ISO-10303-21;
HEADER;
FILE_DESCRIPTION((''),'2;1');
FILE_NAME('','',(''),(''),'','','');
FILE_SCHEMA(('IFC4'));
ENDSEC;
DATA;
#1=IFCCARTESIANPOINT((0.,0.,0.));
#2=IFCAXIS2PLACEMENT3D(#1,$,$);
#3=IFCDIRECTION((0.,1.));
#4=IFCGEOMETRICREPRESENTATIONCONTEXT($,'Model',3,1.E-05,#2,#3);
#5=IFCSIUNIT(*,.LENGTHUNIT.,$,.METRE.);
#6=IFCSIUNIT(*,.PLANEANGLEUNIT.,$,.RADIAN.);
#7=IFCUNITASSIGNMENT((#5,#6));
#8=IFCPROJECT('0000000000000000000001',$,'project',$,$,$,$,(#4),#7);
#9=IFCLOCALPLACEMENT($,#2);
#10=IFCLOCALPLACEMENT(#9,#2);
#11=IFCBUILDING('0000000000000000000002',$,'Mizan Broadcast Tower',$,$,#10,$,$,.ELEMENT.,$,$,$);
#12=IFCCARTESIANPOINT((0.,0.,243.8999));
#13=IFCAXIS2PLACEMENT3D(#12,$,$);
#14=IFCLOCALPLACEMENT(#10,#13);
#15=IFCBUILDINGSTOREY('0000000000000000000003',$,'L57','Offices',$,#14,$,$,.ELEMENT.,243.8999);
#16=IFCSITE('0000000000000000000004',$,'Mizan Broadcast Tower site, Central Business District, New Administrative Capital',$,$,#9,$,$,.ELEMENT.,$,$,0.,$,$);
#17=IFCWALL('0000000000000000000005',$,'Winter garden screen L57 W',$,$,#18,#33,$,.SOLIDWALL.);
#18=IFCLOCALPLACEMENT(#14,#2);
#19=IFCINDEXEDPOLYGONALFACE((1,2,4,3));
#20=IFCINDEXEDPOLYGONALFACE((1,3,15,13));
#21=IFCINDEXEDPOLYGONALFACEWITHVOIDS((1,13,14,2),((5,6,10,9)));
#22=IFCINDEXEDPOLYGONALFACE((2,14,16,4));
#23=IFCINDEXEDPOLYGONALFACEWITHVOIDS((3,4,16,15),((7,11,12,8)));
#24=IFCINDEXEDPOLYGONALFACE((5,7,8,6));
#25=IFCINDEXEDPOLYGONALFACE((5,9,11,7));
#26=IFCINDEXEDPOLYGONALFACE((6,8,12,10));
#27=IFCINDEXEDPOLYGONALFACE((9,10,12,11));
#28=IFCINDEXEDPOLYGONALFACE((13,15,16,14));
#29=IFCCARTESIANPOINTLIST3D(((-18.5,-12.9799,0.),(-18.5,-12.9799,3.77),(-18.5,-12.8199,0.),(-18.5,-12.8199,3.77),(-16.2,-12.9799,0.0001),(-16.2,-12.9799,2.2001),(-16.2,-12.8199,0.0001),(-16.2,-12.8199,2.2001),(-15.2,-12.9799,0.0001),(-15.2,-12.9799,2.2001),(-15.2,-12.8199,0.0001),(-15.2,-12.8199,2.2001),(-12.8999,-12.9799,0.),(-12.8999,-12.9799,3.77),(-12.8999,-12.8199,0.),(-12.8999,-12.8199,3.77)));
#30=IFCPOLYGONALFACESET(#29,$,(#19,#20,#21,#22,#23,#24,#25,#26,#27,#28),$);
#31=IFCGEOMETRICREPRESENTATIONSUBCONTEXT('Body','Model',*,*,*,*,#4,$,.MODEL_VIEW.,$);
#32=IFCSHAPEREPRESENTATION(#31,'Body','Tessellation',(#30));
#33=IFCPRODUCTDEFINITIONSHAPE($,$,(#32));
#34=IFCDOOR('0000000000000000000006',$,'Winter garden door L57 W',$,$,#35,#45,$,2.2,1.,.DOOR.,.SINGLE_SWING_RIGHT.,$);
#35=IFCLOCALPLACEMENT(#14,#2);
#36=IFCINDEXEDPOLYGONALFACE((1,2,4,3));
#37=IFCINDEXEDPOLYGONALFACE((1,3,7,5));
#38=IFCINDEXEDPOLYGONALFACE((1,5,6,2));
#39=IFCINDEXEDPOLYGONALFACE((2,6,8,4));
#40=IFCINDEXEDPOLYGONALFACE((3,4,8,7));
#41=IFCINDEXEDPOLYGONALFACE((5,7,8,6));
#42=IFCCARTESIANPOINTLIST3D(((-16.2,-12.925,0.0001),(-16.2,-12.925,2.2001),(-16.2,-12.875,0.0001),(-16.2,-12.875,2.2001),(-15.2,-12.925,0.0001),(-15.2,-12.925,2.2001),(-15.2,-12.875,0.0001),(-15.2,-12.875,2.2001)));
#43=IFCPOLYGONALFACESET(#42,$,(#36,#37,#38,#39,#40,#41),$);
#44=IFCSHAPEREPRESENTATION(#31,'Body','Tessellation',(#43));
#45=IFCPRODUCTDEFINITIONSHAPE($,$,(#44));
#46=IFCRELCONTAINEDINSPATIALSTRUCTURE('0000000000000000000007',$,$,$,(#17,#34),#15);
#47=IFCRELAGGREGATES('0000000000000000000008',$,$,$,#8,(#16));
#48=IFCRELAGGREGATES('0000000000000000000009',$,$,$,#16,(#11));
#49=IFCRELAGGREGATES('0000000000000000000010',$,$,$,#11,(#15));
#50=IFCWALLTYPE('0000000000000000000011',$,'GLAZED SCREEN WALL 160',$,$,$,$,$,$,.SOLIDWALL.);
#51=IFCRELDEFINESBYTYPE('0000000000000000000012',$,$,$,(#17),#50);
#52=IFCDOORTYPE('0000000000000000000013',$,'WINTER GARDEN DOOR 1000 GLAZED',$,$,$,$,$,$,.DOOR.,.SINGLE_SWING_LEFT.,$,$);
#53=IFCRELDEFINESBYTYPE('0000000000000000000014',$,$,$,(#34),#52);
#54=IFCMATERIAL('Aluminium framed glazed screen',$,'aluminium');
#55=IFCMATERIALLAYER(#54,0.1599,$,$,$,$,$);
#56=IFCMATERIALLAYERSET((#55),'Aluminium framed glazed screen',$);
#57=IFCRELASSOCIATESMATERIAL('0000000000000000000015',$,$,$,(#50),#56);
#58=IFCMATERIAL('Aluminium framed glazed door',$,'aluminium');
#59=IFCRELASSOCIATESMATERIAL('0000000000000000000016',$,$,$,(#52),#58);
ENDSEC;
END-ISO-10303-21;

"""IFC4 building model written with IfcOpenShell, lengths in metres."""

from ifc_helpers import new_model, si_unit, direction, frame, frame_2d, origin, place, context, subcontext, project, spatial, rectangle, extrude, material, layer, layer_set, type_object, element, fill, save


model = new_model("IFC4")

# Units and contexts
model_context = context("Model", 3, precision=1e-05, world=origin(), true_north=direction((0.0, 1.0)))
body_context = subcontext(model_context, "Body", "Model", "MODEL_VIEW")
ifc_project = project(units=[si_unit("LENGTHUNIT", "METRE"), si_unit("PLANEANGLEUNIT", "RADIAN")], contexts=[model_context])

# Site, building, storey
site_placement = place(None, origin())
site = spatial("IfcSite", under=ifc_project, at=site_placement, Name="Mizan Broadcast Tower site, Central Business District, New Administrative Capital", CompositionType="ELEMENT", RefElevation=0.0)
building_placement = place(site_placement, origin())
building = spatial("IfcBuilding", under=site, at=building_placement, Name="Mizan Broadcast Tower", CompositionType="ELEMENT")
storey_placement = place(building_placement, frame((0.0, 0.0, 243.8999)))
storey = spatial("IfcBuildingStorey", under=building, at=storey_placement, Name="L57", Description="Offices", CompositionType="ELEMENT", Elevation=243.8999)

# Wall, opening, door
ifc_material_1 = material(Name="Aluminium framed glazed screen", Category="aluminium")
ifc_layer_1 = layer(ifc_material_1, 0.1599)
ifc_layer_set_1 = layer_set([ifc_layer_1], Name="Aluminium framed glazed screen")
wall_type = type_object("IfcWallType", Name="GLAZED SCREEN WALL 160", PredefinedType="SOLIDWALL", material=ifc_layer_set_1)
wall_placement = place(storey_placement, frame((-18.5, -12.8999, 0.0), z_axis=(0.0, 0.0, 1.0), x_axis=(1.0, 0.0, 0.0)))
wall = element("IfcWall", 1, at=wall_placement, inside=storey, type_object=wall_type, Name="Winter garden screen L57 W", PredefinedType="SOLIDWALL", context=body_context, shape_type="SweptSolid", body=[
    extrude(rectangle(XDim=5.6001, YDim=0.1599, at=frame_2d((2.8, 0.0))), origin(), (0.0, 0.0, 1.0), 3.77),
])
opening_placement = place(wall_placement, frame((2.3, 0.0, 0.0)))
opening = element("IfcOpeningElement", 2, at=opening_placement, cuts=wall, PredefinedType="OPENING", context=body_context, shape_type="SweptSolid", body=[
    extrude(rectangle(XDim=1.0, YDim=2.2, at=frame_2d((0.5, 1.1001))), frame((0.0, 0.0898, 0.0), z_axis=(0.0, -1.0, 0.0), x_axis=(1.0, 0.0, 0.0)), (0.0, 0.0, 1.0), 0.1799),
])
ifc_material_2 = material(Name="Aluminium framed glazed door", Category="aluminium")
door_type = type_object("IfcDoorType", Name="WINTER GARDEN DOOR 1000 GLAZED", OperationType="SINGLE_SWING_LEFT", PredefinedType="DOOR", material=ifc_material_2)
door_placement = place(opening_placement, origin())
door = element("IfcDoor", 3, at=door_placement, inside=storey, type_object=door_type, Name="Winter garden door L57 W", OperationType="SINGLE_SWING_RIGHT", OverallHeight=2.2, OverallWidth=1.0, PredefinedType="DOOR", context=body_context, shape_type="SweptSolid", body=[
    extrude(rectangle(XDim=1.0, YDim=2.2, at=frame_2d((0.5, 1.1001))), frame((0.0, 0.0249, 0.0), z_axis=(0.0, -1.0, 0.0), x_axis=(1.0, 0.0, 0.0)), (0.0, 0.0, 1.0), 0.05),
])
fill(opening, door)

save(model, "model.ifc")
